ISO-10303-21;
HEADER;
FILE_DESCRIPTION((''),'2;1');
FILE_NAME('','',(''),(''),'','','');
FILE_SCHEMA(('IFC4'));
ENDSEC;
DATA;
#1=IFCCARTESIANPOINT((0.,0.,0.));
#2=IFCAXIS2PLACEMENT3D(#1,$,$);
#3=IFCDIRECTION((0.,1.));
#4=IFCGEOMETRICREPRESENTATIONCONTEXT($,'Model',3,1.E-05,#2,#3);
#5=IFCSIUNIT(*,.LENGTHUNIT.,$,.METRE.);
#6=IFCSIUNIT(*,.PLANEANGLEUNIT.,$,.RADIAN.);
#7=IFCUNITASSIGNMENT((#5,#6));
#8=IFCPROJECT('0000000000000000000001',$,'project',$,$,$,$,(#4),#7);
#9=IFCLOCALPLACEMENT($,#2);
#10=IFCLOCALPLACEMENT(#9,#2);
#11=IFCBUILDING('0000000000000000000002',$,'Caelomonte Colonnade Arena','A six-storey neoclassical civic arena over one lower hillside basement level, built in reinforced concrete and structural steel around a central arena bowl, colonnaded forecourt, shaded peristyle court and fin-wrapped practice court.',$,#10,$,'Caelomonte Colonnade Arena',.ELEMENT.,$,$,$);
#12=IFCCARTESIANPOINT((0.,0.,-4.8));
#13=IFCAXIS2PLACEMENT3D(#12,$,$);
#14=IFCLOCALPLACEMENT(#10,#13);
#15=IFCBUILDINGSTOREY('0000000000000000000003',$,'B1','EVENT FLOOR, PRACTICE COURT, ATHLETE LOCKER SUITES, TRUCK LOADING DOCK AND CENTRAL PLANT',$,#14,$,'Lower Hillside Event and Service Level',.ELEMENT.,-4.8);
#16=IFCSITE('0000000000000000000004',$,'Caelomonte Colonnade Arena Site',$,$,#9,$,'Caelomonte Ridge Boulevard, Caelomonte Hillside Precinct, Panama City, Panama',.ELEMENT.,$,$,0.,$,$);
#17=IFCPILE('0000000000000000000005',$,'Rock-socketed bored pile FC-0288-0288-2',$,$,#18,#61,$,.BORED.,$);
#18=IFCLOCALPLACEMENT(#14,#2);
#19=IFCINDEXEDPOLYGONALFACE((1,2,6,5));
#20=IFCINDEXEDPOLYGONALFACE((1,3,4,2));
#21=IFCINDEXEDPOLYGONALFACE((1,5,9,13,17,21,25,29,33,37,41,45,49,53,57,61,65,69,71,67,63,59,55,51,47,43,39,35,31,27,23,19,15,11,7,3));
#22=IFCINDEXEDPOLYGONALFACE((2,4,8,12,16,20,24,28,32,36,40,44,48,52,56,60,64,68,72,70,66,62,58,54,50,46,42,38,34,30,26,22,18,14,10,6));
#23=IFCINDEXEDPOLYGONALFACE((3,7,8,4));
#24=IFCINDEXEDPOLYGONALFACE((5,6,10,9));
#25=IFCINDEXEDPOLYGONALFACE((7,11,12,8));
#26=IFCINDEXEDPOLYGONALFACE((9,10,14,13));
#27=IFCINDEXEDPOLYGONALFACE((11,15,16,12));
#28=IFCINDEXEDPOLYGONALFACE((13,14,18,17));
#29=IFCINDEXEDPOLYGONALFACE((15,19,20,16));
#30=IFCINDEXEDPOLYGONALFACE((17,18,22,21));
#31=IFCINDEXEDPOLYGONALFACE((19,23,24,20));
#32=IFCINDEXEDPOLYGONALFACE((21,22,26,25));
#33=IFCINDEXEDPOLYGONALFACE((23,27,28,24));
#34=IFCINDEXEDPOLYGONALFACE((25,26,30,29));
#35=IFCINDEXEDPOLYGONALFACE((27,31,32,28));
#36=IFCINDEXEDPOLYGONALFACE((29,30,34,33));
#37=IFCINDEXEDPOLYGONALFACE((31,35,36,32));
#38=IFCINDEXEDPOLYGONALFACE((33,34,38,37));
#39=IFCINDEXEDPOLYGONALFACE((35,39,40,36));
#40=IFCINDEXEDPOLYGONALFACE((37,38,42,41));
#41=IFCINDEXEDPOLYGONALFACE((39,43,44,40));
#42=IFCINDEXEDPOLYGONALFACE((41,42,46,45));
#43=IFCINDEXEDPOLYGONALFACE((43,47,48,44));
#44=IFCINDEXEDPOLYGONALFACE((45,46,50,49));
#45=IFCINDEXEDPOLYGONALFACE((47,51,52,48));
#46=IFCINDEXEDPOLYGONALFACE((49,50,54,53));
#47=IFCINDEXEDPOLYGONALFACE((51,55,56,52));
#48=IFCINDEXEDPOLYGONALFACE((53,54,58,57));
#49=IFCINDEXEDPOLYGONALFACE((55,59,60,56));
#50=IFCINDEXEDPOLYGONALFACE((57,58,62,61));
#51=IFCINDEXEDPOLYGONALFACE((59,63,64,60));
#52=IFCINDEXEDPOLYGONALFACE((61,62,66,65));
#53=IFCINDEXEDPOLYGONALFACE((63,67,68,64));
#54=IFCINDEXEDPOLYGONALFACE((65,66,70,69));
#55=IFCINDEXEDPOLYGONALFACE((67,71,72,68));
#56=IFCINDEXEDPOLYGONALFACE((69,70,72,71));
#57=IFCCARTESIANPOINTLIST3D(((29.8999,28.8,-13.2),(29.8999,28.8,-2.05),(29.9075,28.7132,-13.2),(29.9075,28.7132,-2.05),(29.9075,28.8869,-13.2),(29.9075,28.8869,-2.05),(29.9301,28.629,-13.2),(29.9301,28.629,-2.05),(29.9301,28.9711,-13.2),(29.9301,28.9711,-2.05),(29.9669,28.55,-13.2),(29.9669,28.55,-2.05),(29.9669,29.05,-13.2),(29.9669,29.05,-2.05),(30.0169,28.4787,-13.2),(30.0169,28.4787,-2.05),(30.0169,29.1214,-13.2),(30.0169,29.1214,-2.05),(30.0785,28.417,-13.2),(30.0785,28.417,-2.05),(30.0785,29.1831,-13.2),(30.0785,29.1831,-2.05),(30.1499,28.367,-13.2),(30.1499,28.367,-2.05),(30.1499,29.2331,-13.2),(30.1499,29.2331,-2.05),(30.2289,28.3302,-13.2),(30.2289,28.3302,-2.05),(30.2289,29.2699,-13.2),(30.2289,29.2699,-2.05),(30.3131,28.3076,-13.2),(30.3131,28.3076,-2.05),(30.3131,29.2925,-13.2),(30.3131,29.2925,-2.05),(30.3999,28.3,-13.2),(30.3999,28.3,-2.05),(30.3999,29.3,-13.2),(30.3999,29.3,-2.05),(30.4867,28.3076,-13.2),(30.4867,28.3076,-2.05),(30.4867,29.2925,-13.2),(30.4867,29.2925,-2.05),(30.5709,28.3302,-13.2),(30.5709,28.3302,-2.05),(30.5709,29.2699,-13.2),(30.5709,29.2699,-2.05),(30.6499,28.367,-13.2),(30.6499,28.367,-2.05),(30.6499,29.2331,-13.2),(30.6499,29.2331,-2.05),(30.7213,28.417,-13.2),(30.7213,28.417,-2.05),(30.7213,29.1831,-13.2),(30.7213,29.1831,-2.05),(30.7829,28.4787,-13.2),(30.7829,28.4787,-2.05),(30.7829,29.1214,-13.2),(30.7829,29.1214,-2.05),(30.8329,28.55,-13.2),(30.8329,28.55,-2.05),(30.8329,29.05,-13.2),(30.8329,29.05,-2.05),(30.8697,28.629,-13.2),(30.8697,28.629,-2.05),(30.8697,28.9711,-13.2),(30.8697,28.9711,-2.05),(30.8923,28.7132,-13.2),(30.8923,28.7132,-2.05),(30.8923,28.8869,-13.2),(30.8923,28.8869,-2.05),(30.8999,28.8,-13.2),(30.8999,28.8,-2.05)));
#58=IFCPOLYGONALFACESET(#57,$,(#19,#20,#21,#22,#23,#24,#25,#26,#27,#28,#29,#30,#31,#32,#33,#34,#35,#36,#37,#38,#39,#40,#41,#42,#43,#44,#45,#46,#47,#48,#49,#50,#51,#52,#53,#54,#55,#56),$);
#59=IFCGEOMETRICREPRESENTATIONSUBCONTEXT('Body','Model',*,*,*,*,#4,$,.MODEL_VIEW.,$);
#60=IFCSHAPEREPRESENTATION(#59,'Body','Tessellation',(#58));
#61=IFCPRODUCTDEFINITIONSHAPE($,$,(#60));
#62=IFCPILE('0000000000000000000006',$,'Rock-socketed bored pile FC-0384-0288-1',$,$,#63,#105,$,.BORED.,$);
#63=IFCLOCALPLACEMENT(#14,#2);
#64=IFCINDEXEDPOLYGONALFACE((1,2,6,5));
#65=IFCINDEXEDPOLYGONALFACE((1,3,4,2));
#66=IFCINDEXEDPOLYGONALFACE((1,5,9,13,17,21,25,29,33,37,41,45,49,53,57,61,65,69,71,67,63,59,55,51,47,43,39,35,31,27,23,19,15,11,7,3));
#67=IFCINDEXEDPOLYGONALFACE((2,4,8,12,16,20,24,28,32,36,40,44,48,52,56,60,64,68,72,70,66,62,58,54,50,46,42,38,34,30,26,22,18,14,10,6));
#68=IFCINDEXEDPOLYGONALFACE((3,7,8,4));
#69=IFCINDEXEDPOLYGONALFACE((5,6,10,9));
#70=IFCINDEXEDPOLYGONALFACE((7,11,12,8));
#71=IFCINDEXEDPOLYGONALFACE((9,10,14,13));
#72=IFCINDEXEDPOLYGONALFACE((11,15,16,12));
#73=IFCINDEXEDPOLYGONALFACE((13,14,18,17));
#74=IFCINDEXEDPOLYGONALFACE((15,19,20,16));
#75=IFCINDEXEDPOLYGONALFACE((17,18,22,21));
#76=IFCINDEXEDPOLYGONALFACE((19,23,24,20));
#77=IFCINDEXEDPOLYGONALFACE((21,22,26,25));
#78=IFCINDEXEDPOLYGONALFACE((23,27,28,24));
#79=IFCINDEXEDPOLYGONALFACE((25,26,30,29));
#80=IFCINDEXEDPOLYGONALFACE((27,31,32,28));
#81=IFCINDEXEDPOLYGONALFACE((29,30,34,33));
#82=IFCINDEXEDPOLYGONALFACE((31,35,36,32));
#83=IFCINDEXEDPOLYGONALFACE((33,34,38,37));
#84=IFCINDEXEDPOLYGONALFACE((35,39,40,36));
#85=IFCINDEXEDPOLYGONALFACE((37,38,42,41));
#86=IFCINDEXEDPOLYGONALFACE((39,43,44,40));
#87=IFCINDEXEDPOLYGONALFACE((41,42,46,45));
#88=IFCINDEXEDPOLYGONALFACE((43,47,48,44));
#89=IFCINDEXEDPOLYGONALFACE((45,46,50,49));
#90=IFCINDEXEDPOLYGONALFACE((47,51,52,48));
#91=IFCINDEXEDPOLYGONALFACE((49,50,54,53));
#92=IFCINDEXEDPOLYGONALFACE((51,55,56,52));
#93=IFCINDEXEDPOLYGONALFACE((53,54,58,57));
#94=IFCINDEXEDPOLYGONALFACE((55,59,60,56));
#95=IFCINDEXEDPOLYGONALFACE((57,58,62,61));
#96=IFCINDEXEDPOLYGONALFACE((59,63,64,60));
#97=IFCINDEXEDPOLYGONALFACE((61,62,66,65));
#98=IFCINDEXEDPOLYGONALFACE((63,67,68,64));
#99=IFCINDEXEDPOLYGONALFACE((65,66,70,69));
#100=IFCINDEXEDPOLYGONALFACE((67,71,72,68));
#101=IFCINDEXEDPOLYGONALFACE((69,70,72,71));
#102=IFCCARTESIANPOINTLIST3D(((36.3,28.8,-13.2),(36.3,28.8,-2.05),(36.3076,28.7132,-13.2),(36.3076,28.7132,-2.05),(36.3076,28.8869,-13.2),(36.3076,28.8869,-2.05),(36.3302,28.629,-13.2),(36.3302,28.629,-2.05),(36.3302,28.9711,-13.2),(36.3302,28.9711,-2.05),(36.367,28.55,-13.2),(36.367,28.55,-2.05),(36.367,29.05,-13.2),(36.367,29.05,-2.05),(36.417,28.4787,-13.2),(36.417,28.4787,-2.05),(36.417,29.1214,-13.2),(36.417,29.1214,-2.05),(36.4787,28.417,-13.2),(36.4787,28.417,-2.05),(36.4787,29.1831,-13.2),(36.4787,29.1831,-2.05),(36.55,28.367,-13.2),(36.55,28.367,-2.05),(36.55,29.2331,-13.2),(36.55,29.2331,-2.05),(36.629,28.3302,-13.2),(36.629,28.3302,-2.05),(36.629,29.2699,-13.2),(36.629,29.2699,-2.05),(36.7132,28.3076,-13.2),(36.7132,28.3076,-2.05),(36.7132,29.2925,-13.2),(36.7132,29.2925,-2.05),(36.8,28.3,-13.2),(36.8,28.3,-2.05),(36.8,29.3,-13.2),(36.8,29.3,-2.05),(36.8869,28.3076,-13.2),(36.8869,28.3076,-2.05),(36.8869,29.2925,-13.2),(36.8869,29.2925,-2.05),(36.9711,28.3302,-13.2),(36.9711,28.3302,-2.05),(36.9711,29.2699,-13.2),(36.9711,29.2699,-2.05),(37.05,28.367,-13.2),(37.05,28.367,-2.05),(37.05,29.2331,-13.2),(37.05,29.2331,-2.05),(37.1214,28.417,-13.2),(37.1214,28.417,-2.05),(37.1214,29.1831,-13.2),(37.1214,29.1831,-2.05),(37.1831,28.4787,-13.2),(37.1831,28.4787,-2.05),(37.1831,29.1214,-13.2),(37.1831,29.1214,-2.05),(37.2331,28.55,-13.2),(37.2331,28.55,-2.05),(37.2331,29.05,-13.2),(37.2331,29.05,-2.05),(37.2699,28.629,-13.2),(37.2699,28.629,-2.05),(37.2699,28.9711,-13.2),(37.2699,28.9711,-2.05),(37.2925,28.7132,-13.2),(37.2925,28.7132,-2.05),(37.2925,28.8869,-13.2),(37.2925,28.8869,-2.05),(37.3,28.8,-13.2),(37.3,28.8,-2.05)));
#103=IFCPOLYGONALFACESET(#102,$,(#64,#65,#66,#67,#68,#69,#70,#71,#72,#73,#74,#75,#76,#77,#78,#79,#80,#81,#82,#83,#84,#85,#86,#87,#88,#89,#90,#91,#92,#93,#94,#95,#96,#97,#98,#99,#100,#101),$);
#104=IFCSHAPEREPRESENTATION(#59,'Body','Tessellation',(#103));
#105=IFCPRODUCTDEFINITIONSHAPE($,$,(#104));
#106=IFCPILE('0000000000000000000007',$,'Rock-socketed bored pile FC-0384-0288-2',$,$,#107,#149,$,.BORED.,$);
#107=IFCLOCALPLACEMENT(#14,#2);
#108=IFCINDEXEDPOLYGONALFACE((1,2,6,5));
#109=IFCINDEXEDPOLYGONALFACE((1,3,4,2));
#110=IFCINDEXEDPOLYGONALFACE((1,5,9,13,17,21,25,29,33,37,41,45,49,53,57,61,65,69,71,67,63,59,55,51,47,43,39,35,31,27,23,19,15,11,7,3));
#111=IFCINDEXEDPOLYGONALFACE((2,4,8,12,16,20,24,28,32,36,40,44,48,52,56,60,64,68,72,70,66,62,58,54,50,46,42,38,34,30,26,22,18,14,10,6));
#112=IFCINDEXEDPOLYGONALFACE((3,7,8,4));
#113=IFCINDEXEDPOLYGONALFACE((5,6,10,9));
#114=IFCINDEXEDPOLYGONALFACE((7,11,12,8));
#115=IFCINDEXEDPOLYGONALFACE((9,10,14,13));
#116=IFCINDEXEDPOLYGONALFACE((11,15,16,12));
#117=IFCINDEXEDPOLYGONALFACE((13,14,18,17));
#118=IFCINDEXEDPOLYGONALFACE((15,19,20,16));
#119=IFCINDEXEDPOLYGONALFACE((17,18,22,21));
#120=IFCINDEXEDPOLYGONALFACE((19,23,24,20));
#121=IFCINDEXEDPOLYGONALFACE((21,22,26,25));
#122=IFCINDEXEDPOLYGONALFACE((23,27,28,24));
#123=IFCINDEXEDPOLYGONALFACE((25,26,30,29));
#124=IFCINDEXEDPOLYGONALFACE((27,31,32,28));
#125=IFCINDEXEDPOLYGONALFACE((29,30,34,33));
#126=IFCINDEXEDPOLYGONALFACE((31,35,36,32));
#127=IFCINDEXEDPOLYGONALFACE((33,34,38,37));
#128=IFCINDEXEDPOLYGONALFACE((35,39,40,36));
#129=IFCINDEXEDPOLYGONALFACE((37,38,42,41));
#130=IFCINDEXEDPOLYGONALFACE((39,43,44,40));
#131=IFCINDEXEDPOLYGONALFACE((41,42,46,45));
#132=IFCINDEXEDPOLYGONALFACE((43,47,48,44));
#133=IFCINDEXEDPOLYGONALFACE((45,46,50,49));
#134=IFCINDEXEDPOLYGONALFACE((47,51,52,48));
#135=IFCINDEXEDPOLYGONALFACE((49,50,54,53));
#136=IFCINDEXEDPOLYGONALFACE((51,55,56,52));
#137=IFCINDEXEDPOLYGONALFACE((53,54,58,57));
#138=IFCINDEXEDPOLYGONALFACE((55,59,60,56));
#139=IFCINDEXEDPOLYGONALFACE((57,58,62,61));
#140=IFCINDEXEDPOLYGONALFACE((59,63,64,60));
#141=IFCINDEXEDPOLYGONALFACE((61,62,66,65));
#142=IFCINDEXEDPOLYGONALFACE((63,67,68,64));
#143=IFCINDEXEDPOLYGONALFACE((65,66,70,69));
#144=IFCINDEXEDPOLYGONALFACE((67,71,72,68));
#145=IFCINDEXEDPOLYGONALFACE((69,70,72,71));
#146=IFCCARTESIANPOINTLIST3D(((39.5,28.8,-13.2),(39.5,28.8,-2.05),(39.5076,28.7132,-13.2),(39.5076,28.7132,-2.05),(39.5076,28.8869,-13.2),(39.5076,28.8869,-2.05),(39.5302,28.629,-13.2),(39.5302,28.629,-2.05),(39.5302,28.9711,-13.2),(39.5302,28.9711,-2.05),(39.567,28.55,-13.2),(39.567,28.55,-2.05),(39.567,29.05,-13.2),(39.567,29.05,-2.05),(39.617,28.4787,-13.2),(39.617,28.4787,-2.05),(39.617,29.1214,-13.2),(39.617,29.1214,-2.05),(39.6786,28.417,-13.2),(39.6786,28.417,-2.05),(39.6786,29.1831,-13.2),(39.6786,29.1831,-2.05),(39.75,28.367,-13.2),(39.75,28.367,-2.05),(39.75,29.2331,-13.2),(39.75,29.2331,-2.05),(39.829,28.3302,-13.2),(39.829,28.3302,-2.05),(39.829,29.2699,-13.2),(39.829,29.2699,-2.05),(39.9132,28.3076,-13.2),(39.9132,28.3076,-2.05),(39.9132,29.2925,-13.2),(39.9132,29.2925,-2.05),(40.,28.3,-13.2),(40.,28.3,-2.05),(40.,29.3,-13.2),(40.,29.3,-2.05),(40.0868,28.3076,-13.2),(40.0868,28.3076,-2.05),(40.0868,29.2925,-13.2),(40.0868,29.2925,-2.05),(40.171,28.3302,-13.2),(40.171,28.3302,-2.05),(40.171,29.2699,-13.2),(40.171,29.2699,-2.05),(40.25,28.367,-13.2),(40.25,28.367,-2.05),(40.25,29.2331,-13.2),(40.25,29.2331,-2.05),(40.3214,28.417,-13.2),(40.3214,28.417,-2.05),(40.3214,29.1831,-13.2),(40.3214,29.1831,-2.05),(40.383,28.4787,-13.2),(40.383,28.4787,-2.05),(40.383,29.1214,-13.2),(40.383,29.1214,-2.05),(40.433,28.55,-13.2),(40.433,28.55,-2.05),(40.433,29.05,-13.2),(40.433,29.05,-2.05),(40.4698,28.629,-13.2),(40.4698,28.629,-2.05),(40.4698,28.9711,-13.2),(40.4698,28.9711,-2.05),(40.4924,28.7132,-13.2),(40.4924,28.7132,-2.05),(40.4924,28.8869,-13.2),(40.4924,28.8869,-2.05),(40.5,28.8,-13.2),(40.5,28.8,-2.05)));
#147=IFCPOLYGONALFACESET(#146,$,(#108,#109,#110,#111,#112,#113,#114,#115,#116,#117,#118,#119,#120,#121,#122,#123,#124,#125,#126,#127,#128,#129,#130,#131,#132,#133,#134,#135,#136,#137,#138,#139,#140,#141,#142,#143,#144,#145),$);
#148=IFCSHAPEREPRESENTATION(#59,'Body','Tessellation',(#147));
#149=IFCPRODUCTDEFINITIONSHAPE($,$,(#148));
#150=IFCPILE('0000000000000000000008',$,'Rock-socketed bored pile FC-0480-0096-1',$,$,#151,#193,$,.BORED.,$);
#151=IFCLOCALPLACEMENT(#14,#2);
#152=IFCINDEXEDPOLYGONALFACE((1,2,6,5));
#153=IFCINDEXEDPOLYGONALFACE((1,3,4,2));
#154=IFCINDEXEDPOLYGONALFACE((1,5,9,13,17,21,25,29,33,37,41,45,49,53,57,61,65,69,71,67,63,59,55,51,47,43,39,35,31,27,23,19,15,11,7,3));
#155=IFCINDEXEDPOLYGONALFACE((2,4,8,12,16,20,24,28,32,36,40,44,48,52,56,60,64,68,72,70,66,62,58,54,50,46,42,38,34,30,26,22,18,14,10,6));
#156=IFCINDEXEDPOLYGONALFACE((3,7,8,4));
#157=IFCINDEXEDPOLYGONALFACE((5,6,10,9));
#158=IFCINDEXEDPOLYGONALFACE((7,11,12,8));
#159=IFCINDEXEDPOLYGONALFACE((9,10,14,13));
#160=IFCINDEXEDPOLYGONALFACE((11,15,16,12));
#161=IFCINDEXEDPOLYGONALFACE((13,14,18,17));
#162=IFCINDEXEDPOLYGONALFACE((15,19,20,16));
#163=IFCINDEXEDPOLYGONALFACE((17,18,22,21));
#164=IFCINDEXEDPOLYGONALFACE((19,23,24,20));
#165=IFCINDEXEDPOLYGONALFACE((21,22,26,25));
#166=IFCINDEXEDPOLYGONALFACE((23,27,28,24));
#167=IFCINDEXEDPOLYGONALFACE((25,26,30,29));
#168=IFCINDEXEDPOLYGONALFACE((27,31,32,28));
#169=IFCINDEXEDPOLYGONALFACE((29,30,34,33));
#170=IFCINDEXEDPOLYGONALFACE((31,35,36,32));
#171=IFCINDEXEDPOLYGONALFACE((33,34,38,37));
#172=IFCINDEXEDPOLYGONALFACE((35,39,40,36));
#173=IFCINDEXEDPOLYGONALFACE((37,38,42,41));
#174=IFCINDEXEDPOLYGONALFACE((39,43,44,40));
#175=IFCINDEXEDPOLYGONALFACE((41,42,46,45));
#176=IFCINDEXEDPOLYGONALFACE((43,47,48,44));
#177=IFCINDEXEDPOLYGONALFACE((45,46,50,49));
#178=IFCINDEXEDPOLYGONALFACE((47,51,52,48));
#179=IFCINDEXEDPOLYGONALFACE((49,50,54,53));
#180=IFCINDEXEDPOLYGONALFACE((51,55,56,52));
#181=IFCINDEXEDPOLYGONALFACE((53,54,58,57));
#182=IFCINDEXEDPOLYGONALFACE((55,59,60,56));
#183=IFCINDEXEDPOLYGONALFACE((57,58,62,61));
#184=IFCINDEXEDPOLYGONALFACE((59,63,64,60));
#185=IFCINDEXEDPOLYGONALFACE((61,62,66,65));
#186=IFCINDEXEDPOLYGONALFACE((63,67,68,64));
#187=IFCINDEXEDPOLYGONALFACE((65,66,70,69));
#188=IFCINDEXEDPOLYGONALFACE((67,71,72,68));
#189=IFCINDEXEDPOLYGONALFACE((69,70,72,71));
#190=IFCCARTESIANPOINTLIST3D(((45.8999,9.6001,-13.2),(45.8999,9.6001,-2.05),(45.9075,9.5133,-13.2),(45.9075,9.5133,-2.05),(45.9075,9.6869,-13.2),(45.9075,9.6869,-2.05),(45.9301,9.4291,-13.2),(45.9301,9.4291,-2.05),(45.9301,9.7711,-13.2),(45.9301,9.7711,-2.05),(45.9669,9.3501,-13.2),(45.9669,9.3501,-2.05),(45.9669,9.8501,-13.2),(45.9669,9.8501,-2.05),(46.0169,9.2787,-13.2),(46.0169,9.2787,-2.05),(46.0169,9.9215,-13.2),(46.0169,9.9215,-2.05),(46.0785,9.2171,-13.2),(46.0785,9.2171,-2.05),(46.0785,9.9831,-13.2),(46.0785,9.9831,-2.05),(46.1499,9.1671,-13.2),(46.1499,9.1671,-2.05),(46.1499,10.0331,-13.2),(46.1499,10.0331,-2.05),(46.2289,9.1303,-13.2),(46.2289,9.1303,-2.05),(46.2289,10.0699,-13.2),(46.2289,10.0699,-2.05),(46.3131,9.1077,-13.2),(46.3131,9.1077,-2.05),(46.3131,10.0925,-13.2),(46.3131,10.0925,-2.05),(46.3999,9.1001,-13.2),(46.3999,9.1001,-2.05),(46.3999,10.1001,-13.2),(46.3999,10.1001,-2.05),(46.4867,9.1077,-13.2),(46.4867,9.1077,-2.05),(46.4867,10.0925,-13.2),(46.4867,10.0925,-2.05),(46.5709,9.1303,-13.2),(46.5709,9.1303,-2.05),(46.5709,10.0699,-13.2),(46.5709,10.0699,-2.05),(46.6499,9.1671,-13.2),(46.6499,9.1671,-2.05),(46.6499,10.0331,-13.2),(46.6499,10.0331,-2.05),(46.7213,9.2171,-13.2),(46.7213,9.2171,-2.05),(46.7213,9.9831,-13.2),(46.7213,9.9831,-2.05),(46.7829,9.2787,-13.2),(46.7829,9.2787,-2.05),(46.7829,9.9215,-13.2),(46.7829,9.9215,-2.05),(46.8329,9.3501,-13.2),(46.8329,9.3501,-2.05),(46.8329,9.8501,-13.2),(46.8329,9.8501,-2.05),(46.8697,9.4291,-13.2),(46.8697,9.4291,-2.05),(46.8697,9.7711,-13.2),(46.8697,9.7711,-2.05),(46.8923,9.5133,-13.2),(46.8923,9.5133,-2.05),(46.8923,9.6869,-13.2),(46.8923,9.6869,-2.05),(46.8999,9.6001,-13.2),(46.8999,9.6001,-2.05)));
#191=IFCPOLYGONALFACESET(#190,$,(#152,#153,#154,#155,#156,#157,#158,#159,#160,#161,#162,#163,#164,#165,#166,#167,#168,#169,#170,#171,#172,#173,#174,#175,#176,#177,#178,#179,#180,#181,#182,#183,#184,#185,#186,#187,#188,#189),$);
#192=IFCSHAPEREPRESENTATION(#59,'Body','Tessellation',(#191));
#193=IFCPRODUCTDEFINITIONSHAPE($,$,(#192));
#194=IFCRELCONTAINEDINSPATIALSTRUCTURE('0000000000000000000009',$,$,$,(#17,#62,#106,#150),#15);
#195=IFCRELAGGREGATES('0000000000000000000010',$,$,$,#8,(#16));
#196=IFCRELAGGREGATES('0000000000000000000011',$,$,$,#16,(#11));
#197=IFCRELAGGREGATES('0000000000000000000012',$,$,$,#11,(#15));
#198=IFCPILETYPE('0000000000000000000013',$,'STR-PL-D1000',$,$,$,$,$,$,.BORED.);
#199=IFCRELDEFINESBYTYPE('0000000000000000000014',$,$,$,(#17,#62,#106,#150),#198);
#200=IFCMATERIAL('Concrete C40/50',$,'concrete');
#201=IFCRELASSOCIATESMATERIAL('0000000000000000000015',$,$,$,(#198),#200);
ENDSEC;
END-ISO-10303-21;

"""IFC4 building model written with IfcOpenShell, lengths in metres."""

from ifc_helpers import new_model, si_unit, direction, frame, origin, origin_2d, place, context, subcontext, project, spatial, circle, extrude, material, material_profile, profile_set, type_object, element, save


model = new_model("IFC4")

# Units and contexts
model_context = context("Model", 3, precision=1e-05, world=origin(), true_north=direction((0.0, 1.0)))
body_context = subcontext(model_context, "Body", "Model", "MODEL_VIEW")
ifc_project = project(units=[si_unit("LENGTHUNIT", "METRE"), si_unit("PLANEANGLEUNIT", "RADIAN")], contexts=[model_context])

# Site, building, storey
site_placement = place(None, origin())
site = spatial("IfcSite", under=ifc_project, at=site_placement, Name="Caelomonte Colonnade Arena Site", LongName="Caelomonte Ridge Boulevard, Caelomonte Hillside Precinct, Panama City, Panama", CompositionType="ELEMENT", RefElevation=0.0)
building_placement = place(site_placement, origin())
building = spatial("IfcBuilding", under=site, at=building_placement, Name="Caelomonte Colonnade Arena", Description="A six-storey neoclassical civic arena over one lower hillside basement level, built in reinforced concrete and structural steel around a central arena bowl, colonnaded forecourt, shaded peristyle court and fin-wrapped practice court.", LongName="Caelomonte Colonnade Arena", CompositionType="ELEMENT")
storey_placement = place(building_placement, frame((0.0, 0.0, -4.8)))
storey = spatial("IfcBuildingStorey", under=building, at=storey_placement, Name="B1", Description="EVENT FLOOR, PRACTICE COURT, ATHLETE LOCKER SUITES, TRUCK LOADING DOCK AND CENTRAL PLANT", LongName="Lower Hillside Event and Service Level", CompositionType="ELEMENT", Elevation=-4.8)

# Shared definitions
ifc_material_1 = material(Name="Concrete C40/50", Category="concrete")

# Piles
ifc_material_profile_1 = material_profile(ifc_material_1, circle(Radius=0.5, at=origin_2d()), Name="PILE-D1000")
ifc_profile_set_1 = profile_set([ifc_material_profile_1], Name="Concrete C40/50")
pile_type_1 = type_object("IfcPileType", Name="STR-PL-D1000", PredefinedType="BORED", material=ifc_profile_set_1)
for number, where, z_axis, x_axis, name in (
    (1, (30.3999, 28.8, -2.05), (0.0, 0.0, -1.0), (1.0, 0.0, 0.0), "Rock-socketed bored pile FC-0288-0288-2"),
    (2, (36.8, 28.8, -2.05), (0.0, 0.0, -1.0), (1.0, 0.0, 0.0), "Rock-socketed bored pile FC-0384-0288-1"),
    (3, (40.0, 28.8, -2.05), (0.0, 0.0, -1.0), (1.0, 0.0, 0.0), "Rock-socketed bored pile FC-0384-0288-2"),
    (4, (46.3999, 9.6001, -2.05), (0.0, 0.0, -1.0), (1.0, 0.0, 0.0), "Rock-socketed bored pile FC-0480-0096-1"),
):
    element("IfcPile", number, at=place(storey_placement, frame(where, z_axis=z_axis, x_axis=x_axis)), inside=storey, type_object=pile_type_1, Name=name, PredefinedType="BORED", context=body_context, shape_type="SweptSolid", body=[
        extrude(circle(Radius=0.5, at=origin_2d()), origin(), (0.0, 0.0, 1.0), 11.1499),
    ])

save(model, "model.ifc")
